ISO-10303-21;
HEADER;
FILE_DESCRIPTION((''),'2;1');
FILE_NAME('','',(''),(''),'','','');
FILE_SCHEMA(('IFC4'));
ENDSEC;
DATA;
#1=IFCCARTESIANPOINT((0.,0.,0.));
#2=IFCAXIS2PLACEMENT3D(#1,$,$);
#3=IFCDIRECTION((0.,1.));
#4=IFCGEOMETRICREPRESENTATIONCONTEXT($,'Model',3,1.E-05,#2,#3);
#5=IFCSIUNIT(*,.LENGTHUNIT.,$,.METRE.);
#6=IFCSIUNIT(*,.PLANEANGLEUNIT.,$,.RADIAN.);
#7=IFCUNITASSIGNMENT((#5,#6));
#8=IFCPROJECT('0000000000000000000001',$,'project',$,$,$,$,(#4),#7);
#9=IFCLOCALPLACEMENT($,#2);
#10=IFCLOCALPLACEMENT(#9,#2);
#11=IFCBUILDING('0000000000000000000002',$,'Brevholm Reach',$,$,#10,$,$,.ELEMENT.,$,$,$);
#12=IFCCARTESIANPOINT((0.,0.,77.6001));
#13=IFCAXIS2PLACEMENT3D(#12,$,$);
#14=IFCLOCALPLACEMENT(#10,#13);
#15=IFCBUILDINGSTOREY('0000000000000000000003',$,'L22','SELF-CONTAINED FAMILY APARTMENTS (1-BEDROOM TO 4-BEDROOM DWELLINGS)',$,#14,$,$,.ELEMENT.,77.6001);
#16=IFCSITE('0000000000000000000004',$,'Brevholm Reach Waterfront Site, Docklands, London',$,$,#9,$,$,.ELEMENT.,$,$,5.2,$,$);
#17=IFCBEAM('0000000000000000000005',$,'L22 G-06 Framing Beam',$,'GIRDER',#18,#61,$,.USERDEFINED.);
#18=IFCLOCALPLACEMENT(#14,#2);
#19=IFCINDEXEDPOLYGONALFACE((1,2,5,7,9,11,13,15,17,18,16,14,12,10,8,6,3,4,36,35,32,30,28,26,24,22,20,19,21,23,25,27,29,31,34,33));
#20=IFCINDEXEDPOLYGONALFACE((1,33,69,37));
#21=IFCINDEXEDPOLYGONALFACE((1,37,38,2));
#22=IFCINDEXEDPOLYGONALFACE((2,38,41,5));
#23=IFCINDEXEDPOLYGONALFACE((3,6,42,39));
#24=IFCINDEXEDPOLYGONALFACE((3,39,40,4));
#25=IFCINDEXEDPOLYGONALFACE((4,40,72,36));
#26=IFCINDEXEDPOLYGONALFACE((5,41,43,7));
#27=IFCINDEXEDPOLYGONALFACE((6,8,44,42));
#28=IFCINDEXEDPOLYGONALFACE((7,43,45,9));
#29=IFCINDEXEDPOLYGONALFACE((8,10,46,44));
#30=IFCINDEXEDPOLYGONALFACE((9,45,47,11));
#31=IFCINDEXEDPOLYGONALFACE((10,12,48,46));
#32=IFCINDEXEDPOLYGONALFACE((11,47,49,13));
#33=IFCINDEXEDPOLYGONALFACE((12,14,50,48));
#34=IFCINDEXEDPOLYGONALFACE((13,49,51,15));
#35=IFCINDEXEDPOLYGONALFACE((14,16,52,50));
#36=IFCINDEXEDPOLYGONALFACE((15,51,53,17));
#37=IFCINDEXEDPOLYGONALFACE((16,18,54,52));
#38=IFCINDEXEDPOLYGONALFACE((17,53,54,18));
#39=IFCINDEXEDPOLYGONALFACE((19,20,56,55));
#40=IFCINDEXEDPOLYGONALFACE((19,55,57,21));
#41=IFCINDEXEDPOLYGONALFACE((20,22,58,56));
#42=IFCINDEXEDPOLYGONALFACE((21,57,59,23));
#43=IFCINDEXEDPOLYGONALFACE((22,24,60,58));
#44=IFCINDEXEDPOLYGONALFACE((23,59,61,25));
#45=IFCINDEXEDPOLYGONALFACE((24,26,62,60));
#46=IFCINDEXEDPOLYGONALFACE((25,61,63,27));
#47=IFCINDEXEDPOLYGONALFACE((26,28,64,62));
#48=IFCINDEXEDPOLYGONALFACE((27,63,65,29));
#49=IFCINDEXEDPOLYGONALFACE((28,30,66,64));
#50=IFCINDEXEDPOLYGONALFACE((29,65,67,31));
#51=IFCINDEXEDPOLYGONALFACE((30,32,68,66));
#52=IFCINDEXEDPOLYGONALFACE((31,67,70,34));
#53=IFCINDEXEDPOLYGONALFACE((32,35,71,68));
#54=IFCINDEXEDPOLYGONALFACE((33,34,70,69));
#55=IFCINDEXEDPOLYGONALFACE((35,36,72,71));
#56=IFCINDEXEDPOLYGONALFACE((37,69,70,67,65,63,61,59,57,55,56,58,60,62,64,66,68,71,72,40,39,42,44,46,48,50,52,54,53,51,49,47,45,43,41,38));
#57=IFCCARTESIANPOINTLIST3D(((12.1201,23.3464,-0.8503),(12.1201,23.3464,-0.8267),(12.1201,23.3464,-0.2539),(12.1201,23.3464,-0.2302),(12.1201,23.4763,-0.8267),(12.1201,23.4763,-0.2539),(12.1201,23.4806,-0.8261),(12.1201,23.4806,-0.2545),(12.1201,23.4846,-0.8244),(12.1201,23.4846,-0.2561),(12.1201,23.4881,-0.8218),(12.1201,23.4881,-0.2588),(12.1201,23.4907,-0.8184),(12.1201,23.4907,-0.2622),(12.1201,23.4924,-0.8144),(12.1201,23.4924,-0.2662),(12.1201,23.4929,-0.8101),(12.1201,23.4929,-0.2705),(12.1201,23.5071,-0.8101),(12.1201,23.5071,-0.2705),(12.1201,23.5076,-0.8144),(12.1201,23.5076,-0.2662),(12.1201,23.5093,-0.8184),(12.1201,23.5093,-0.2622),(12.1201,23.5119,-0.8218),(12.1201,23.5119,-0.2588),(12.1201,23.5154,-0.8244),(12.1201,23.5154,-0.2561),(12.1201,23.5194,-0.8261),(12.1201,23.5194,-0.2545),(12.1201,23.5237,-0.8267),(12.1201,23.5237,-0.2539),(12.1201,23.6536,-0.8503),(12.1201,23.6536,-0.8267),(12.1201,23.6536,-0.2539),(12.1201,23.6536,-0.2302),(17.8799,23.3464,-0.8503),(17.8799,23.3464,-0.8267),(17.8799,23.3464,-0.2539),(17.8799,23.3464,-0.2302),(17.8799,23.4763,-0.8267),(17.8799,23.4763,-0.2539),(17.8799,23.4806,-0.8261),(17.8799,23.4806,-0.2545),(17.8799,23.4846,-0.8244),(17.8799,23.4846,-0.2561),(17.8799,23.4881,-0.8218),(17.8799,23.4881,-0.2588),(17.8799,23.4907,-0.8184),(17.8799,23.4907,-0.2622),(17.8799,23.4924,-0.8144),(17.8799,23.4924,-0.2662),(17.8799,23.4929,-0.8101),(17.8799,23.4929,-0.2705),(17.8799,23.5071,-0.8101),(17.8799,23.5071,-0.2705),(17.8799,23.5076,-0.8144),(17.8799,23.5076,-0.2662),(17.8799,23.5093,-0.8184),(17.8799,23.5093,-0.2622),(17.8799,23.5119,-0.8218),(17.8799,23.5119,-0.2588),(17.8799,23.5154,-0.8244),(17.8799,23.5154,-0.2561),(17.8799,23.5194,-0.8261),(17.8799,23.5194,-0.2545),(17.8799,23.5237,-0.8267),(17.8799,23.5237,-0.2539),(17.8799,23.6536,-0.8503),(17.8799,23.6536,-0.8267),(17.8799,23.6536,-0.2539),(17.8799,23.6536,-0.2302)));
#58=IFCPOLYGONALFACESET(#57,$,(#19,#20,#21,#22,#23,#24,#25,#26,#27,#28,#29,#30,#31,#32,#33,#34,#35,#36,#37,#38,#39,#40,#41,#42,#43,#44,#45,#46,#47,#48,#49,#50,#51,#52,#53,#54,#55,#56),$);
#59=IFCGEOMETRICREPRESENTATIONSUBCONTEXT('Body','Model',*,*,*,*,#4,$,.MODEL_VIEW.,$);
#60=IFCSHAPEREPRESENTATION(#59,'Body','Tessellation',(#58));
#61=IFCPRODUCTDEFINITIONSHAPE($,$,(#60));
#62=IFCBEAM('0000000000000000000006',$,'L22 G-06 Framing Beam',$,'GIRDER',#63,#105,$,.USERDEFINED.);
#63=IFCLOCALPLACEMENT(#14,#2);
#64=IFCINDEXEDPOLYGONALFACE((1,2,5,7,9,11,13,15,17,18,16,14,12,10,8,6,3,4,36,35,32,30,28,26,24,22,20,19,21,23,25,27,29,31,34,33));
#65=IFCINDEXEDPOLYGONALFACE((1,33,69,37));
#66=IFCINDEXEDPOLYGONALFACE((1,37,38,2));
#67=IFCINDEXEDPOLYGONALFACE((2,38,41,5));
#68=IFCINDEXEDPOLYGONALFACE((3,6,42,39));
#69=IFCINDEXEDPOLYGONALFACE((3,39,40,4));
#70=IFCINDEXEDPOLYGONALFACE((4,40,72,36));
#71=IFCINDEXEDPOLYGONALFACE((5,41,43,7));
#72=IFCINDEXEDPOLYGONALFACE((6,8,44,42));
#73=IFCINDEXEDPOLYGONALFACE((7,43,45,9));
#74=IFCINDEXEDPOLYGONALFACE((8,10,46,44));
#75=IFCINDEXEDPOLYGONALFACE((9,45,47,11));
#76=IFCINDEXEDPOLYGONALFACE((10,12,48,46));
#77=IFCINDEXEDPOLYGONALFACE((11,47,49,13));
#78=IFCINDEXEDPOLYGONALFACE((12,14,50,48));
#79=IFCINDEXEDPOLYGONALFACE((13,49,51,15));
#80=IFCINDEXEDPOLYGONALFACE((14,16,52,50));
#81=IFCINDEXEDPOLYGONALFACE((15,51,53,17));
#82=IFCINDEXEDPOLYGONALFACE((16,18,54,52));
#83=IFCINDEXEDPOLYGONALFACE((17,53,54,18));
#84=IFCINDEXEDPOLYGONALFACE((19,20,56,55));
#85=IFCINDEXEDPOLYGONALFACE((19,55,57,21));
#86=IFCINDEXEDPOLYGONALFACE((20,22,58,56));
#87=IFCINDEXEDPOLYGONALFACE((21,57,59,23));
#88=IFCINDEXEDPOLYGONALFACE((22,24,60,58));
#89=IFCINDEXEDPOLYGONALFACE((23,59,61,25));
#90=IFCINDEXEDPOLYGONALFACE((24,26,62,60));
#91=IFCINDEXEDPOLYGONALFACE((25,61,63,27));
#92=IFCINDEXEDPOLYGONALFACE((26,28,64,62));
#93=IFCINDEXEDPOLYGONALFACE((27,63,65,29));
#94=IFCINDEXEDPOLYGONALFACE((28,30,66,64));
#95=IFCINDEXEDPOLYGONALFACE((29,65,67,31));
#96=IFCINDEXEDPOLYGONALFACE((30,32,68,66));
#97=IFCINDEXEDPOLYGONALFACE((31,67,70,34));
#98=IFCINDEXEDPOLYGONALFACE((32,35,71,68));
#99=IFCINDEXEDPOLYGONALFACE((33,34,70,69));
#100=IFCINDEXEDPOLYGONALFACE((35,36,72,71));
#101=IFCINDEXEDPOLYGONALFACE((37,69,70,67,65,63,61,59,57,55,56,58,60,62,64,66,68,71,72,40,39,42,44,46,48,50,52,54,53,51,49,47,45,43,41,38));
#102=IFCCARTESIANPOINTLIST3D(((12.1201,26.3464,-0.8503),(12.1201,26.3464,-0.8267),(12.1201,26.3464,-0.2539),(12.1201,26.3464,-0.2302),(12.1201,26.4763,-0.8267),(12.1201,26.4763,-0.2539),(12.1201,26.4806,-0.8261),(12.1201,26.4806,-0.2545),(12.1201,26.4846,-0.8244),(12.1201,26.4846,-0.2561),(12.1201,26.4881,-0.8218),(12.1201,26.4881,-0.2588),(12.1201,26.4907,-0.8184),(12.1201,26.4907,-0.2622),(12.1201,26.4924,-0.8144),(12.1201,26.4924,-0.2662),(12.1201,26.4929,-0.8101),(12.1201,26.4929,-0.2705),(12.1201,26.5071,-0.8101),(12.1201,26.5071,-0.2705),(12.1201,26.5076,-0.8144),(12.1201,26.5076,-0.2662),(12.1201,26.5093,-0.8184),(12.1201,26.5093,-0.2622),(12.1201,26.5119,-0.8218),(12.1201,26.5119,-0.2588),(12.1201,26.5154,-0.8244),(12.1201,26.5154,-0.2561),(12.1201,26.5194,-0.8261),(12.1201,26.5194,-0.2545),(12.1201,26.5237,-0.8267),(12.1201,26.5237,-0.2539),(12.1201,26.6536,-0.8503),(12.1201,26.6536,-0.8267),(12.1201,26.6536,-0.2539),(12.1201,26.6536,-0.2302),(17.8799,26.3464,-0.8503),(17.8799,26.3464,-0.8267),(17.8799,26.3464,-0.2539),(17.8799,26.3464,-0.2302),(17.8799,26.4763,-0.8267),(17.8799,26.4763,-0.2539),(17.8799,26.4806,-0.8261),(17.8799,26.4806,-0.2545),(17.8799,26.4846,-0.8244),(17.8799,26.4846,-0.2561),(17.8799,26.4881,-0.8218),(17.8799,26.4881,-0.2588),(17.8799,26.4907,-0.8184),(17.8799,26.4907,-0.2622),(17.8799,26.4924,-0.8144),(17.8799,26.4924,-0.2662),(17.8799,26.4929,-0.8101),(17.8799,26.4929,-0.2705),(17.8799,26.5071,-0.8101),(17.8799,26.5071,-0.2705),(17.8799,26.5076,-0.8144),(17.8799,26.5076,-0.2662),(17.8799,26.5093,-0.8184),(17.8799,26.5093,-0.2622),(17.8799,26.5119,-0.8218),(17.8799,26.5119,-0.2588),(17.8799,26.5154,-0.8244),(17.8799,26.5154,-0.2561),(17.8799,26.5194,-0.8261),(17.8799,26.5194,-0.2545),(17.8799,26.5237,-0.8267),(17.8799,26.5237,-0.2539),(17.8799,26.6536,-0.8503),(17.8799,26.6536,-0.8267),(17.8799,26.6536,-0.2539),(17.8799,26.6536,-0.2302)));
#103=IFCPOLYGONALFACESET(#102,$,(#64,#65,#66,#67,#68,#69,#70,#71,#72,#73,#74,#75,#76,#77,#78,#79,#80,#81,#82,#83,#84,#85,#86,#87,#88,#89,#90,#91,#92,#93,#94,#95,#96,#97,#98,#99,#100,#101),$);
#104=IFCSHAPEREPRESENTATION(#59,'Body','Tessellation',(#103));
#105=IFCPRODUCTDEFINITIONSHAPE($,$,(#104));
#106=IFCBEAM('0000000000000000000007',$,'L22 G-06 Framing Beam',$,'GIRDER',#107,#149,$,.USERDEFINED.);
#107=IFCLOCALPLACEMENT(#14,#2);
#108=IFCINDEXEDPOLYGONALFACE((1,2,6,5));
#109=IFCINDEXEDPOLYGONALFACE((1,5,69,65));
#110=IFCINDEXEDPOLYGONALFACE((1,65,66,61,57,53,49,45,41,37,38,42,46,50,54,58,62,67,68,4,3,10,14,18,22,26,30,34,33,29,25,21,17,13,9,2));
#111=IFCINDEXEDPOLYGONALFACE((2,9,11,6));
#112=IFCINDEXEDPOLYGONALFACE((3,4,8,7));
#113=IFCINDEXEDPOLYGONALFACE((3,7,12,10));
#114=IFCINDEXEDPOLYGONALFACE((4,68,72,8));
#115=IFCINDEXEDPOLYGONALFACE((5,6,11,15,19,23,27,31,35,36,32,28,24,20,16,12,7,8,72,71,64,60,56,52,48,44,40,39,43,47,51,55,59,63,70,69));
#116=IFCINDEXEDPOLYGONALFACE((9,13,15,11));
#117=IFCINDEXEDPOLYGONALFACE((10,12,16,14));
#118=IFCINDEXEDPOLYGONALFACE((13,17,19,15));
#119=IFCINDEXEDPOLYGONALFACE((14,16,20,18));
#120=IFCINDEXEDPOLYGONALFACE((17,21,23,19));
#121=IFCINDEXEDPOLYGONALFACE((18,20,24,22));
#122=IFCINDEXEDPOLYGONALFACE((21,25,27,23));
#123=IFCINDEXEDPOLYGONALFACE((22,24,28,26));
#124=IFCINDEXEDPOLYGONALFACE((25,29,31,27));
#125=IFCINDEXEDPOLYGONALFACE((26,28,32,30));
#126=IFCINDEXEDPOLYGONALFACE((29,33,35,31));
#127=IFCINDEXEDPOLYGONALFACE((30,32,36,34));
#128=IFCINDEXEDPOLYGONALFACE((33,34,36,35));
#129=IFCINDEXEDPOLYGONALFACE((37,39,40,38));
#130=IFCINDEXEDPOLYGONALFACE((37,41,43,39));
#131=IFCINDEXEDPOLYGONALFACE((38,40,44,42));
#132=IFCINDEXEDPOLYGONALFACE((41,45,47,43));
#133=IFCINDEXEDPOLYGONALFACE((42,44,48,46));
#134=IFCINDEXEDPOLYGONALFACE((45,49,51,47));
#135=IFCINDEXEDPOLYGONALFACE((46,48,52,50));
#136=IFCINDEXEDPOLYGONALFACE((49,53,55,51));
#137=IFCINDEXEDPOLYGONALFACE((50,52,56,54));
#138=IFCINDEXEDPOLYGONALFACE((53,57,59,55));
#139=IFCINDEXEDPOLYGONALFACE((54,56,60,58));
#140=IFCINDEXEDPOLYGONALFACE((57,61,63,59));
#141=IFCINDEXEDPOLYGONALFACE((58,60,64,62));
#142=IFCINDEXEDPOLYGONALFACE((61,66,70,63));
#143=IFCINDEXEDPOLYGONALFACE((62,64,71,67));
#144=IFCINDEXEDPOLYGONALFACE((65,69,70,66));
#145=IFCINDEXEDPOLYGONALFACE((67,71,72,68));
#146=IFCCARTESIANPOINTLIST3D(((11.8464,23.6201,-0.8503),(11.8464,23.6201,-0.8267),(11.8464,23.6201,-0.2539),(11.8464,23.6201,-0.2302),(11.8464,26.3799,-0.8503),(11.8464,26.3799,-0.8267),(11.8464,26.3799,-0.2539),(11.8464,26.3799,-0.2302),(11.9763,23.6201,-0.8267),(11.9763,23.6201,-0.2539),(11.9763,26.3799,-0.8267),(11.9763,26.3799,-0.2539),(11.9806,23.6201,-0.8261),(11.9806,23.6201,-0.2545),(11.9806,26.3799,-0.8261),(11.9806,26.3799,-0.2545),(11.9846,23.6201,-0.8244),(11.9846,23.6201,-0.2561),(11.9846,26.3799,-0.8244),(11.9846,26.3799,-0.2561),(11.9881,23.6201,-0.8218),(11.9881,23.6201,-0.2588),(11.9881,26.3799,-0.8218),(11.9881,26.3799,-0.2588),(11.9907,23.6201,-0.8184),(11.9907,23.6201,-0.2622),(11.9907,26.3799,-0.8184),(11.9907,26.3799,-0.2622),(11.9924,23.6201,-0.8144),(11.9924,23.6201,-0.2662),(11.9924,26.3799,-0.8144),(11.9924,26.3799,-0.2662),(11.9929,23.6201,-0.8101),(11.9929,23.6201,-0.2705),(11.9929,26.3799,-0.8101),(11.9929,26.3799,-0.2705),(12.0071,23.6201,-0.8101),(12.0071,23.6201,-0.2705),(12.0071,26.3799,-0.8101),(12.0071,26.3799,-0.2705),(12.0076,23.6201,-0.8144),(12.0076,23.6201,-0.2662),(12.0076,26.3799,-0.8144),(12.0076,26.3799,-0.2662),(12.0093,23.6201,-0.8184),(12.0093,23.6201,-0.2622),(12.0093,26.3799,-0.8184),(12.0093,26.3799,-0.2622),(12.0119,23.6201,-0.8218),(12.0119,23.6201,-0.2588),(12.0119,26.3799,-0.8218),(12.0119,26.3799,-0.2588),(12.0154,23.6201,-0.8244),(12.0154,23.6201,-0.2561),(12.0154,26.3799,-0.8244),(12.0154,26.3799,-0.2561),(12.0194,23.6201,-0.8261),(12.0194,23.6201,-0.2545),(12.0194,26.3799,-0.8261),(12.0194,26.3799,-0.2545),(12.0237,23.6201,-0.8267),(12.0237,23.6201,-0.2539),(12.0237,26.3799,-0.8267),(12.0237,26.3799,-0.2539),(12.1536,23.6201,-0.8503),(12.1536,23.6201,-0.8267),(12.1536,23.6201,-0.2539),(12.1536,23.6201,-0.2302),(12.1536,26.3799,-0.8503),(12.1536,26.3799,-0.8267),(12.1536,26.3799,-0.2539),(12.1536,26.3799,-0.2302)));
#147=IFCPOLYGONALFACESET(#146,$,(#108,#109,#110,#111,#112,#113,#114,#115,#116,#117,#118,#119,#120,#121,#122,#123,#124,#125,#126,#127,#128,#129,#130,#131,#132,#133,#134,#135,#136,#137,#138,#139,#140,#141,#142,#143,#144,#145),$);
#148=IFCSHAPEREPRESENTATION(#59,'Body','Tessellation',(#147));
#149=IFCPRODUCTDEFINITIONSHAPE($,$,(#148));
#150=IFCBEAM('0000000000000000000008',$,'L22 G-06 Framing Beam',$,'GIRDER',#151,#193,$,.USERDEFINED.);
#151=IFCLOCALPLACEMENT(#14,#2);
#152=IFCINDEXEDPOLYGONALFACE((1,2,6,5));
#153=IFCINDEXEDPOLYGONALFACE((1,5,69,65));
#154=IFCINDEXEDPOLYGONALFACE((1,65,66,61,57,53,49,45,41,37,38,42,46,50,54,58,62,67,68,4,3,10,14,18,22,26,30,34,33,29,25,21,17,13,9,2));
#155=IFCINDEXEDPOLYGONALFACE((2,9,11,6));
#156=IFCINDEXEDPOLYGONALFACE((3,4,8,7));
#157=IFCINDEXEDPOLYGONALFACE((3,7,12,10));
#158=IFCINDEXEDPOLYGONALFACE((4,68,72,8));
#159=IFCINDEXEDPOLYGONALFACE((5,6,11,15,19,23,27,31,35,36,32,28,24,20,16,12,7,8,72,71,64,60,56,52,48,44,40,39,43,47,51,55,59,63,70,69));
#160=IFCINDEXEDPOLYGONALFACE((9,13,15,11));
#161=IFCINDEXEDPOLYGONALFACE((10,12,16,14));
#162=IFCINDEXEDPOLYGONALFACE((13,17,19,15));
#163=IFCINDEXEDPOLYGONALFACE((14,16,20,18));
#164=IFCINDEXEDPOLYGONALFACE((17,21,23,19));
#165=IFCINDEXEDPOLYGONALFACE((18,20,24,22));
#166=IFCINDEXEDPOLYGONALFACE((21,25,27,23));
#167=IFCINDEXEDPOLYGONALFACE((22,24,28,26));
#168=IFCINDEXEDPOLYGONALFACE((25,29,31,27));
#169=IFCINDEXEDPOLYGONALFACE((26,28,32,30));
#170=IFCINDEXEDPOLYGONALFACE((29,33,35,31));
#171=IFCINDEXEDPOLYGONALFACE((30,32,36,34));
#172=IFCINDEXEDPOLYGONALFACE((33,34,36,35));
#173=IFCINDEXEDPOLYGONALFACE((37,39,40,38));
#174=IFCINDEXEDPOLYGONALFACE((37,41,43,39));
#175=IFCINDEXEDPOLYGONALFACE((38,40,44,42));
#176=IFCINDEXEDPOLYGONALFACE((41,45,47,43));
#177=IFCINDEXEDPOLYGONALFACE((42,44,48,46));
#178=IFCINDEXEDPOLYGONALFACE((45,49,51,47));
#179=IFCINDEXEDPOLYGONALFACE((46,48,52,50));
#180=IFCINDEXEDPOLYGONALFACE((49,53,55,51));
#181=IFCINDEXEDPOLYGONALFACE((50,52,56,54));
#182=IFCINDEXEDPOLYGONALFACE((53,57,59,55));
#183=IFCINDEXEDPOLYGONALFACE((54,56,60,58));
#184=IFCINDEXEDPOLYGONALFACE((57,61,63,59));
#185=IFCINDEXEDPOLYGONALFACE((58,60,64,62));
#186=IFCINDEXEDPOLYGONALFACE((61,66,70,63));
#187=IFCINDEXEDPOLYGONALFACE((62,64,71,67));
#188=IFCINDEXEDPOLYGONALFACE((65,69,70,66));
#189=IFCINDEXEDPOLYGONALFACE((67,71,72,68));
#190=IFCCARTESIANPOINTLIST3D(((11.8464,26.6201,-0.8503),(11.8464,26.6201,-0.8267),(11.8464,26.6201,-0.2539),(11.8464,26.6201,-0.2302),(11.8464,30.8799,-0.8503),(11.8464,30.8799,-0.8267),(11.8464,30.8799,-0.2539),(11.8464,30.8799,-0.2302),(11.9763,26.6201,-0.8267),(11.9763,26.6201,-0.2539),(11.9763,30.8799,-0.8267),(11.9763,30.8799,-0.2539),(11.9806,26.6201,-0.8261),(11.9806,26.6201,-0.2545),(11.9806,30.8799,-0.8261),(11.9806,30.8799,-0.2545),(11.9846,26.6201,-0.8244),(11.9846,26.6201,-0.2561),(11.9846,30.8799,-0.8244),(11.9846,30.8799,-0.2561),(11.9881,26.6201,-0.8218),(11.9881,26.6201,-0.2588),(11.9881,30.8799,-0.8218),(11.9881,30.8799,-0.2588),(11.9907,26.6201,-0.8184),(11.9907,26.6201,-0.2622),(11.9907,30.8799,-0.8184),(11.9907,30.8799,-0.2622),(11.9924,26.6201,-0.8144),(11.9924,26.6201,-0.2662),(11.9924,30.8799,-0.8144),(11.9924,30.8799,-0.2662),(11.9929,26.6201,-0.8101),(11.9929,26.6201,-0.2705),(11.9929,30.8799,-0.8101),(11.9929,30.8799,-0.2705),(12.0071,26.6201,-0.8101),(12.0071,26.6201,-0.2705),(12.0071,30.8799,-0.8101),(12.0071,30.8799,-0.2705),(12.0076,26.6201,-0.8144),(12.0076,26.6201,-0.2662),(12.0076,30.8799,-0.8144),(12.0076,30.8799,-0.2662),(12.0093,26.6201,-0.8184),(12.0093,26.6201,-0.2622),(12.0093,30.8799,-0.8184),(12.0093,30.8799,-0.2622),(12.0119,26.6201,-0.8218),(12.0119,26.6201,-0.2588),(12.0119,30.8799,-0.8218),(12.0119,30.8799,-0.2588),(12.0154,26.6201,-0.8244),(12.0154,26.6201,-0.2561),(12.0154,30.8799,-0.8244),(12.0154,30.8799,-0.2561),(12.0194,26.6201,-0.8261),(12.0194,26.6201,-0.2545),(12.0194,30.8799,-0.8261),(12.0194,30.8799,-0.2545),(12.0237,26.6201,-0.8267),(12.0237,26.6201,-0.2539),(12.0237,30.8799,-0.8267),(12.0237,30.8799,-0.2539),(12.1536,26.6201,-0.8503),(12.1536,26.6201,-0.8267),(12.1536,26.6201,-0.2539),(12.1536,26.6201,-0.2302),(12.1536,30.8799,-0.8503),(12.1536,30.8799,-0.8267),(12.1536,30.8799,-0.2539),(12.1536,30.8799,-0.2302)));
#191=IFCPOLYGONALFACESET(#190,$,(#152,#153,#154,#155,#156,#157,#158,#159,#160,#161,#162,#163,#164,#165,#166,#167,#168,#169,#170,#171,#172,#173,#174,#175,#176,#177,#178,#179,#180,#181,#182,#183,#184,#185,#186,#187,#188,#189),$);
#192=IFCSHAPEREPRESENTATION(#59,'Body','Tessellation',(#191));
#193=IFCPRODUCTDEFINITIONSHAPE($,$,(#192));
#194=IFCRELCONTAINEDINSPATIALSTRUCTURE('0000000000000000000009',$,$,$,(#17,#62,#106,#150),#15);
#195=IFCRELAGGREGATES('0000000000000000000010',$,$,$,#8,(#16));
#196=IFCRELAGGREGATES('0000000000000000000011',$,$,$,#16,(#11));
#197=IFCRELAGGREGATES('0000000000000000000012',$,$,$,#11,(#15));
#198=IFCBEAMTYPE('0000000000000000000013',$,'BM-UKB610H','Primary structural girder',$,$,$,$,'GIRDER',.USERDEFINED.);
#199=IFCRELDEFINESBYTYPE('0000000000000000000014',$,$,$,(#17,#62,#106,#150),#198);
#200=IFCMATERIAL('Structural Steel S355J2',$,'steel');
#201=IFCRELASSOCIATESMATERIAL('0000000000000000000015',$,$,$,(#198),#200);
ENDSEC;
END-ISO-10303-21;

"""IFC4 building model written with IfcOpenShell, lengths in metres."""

from ifc_helpers import new_model, si_unit, direction, frame, origin, origin_2d, place, context, subcontext, project, spatial, i_section, extrude, material, material_profile, profile_set, type_object, element, save


model = new_model("IFC4")

# Units and contexts
model_context = context("Model", 3, precision=1e-05, world=origin(), true_north=direction((0.0, 1.0)))
body_context = subcontext(model_context, "Body", "Model", "MODEL_VIEW")
ifc_project = project(units=[si_unit("LENGTHUNIT", "METRE"), si_unit("PLANEANGLEUNIT", "RADIAN")], contexts=[model_context])

# Site, building, storey
site_placement = place(None, origin())
site = spatial("IfcSite", under=ifc_project, at=site_placement, Name="Brevholm Reach Waterfront Site, Docklands, London", CompositionType="ELEMENT", RefElevation=5.2)
building_placement = place(site_placement, origin())
building = spatial("IfcBuilding", under=site, at=building_placement, Name="Brevholm Reach", CompositionType="ELEMENT")
storey_placement = place(building_placement, frame((0.0, 0.0, 77.6001)))
storey = spatial("IfcBuildingStorey", under=building, at=storey_placement, Name="L22", Description="SELF-CONTAINED FAMILY APARTMENTS (1-BEDROOM TO 4-BEDROOM DWELLINGS)", CompositionType="ELEMENT", Elevation=77.6001)

# Beams
ifc_material_1 = material(Name="Structural Steel S355J2", Category="steel")
ifc_material_profile_1 = material_profile(ifc_material_1, i_section(OverallWidth=0.3071, OverallDepth=0.6201, WebThickness=0.0142, FlangeThickness=0.0237, FilletRadius=0.0166, at=origin_2d()), Name="UKB 610x305x179")
ifc_profile_set_1 = profile_set([ifc_material_profile_1], Name="Structural Steel S355J2")
beam_type_1 = type_object("IfcBeamType", Name="BM-UKB610H", Description="Primary structural girder", ElementType="GIRDER", PredefinedType="USERDEFINED", material=ifc_profile_set_1)
for number, where, z_axis, x_axis, name in (
    (1, (12.1201, 23.5, -0.5403), (1.0, 0.0, 0.0), (0.0, 1.0, 0.0), "L22 G-06 Framing Beam"),
    (2, (12.1201, 26.5, -0.5403), (1.0, 0.0, 0.0), (0.0, 1.0, 0.0), "L22 G-06 Framing Beam"),
):
    element("IfcBeam", number, at=place(storey_placement, frame(where, z_axis=z_axis, x_axis=x_axis)), inside=storey, type_object=beam_type_1, Name=name, ObjectType="GIRDER", PredefinedType="USERDEFINED", context=body_context, shape_type="SweptSolid", body=[
        extrude(i_section(OverallWidth=0.3071, OverallDepth=0.6201, WebThickness=0.0142, FlangeThickness=0.0237, FilletRadius=0.0166, at=origin_2d()), origin(), (0.0, 0.0, 1.0), 5.7598),
    ])
beam_1_placement = place(storey_placement, frame((12.0, 23.6201, -0.5403), z_axis=(0.0, 1.0, 0.0), x_axis=(-1.0, 0.0, 0.0)))
element("IfcBeam", 3, at=beam_1_placement, inside=storey, type_object=beam_type_1, Name="L22 G-06 Framing Beam", ObjectType="GIRDER", PredefinedType="USERDEFINED", context=body_context, shape_type="SweptSolid", body=[
    extrude(i_section(OverallWidth=0.3071, OverallDepth=0.6201, WebThickness=0.0142, FlangeThickness=0.0237, FilletRadius=0.0166, at=origin_2d()), origin(), (0.0, 0.0, 1.0), 2.7598),
])
beam_2_placement = place(storey_placement, frame((12.0, 26.6201, -0.5403), z_axis=(0.0, 1.0, 0.0), x_axis=(-1.0, 0.0, 0.0)))
element("IfcBeam", 4, at=beam_2_placement, inside=storey, type_object=beam_type_1, Name="L22 G-06 Framing Beam", ObjectType="GIRDER", PredefinedType="USERDEFINED", context=body_context, shape_type="SweptSolid", body=[
    extrude(i_section(OverallWidth=0.3071, OverallDepth=0.6201, WebThickness=0.0142, FlangeThickness=0.0237, FilletRadius=0.0166, at=origin_2d()), origin(), (0.0, 0.0, 1.0), 4.2598),
])

save(model, "model.ifc")
